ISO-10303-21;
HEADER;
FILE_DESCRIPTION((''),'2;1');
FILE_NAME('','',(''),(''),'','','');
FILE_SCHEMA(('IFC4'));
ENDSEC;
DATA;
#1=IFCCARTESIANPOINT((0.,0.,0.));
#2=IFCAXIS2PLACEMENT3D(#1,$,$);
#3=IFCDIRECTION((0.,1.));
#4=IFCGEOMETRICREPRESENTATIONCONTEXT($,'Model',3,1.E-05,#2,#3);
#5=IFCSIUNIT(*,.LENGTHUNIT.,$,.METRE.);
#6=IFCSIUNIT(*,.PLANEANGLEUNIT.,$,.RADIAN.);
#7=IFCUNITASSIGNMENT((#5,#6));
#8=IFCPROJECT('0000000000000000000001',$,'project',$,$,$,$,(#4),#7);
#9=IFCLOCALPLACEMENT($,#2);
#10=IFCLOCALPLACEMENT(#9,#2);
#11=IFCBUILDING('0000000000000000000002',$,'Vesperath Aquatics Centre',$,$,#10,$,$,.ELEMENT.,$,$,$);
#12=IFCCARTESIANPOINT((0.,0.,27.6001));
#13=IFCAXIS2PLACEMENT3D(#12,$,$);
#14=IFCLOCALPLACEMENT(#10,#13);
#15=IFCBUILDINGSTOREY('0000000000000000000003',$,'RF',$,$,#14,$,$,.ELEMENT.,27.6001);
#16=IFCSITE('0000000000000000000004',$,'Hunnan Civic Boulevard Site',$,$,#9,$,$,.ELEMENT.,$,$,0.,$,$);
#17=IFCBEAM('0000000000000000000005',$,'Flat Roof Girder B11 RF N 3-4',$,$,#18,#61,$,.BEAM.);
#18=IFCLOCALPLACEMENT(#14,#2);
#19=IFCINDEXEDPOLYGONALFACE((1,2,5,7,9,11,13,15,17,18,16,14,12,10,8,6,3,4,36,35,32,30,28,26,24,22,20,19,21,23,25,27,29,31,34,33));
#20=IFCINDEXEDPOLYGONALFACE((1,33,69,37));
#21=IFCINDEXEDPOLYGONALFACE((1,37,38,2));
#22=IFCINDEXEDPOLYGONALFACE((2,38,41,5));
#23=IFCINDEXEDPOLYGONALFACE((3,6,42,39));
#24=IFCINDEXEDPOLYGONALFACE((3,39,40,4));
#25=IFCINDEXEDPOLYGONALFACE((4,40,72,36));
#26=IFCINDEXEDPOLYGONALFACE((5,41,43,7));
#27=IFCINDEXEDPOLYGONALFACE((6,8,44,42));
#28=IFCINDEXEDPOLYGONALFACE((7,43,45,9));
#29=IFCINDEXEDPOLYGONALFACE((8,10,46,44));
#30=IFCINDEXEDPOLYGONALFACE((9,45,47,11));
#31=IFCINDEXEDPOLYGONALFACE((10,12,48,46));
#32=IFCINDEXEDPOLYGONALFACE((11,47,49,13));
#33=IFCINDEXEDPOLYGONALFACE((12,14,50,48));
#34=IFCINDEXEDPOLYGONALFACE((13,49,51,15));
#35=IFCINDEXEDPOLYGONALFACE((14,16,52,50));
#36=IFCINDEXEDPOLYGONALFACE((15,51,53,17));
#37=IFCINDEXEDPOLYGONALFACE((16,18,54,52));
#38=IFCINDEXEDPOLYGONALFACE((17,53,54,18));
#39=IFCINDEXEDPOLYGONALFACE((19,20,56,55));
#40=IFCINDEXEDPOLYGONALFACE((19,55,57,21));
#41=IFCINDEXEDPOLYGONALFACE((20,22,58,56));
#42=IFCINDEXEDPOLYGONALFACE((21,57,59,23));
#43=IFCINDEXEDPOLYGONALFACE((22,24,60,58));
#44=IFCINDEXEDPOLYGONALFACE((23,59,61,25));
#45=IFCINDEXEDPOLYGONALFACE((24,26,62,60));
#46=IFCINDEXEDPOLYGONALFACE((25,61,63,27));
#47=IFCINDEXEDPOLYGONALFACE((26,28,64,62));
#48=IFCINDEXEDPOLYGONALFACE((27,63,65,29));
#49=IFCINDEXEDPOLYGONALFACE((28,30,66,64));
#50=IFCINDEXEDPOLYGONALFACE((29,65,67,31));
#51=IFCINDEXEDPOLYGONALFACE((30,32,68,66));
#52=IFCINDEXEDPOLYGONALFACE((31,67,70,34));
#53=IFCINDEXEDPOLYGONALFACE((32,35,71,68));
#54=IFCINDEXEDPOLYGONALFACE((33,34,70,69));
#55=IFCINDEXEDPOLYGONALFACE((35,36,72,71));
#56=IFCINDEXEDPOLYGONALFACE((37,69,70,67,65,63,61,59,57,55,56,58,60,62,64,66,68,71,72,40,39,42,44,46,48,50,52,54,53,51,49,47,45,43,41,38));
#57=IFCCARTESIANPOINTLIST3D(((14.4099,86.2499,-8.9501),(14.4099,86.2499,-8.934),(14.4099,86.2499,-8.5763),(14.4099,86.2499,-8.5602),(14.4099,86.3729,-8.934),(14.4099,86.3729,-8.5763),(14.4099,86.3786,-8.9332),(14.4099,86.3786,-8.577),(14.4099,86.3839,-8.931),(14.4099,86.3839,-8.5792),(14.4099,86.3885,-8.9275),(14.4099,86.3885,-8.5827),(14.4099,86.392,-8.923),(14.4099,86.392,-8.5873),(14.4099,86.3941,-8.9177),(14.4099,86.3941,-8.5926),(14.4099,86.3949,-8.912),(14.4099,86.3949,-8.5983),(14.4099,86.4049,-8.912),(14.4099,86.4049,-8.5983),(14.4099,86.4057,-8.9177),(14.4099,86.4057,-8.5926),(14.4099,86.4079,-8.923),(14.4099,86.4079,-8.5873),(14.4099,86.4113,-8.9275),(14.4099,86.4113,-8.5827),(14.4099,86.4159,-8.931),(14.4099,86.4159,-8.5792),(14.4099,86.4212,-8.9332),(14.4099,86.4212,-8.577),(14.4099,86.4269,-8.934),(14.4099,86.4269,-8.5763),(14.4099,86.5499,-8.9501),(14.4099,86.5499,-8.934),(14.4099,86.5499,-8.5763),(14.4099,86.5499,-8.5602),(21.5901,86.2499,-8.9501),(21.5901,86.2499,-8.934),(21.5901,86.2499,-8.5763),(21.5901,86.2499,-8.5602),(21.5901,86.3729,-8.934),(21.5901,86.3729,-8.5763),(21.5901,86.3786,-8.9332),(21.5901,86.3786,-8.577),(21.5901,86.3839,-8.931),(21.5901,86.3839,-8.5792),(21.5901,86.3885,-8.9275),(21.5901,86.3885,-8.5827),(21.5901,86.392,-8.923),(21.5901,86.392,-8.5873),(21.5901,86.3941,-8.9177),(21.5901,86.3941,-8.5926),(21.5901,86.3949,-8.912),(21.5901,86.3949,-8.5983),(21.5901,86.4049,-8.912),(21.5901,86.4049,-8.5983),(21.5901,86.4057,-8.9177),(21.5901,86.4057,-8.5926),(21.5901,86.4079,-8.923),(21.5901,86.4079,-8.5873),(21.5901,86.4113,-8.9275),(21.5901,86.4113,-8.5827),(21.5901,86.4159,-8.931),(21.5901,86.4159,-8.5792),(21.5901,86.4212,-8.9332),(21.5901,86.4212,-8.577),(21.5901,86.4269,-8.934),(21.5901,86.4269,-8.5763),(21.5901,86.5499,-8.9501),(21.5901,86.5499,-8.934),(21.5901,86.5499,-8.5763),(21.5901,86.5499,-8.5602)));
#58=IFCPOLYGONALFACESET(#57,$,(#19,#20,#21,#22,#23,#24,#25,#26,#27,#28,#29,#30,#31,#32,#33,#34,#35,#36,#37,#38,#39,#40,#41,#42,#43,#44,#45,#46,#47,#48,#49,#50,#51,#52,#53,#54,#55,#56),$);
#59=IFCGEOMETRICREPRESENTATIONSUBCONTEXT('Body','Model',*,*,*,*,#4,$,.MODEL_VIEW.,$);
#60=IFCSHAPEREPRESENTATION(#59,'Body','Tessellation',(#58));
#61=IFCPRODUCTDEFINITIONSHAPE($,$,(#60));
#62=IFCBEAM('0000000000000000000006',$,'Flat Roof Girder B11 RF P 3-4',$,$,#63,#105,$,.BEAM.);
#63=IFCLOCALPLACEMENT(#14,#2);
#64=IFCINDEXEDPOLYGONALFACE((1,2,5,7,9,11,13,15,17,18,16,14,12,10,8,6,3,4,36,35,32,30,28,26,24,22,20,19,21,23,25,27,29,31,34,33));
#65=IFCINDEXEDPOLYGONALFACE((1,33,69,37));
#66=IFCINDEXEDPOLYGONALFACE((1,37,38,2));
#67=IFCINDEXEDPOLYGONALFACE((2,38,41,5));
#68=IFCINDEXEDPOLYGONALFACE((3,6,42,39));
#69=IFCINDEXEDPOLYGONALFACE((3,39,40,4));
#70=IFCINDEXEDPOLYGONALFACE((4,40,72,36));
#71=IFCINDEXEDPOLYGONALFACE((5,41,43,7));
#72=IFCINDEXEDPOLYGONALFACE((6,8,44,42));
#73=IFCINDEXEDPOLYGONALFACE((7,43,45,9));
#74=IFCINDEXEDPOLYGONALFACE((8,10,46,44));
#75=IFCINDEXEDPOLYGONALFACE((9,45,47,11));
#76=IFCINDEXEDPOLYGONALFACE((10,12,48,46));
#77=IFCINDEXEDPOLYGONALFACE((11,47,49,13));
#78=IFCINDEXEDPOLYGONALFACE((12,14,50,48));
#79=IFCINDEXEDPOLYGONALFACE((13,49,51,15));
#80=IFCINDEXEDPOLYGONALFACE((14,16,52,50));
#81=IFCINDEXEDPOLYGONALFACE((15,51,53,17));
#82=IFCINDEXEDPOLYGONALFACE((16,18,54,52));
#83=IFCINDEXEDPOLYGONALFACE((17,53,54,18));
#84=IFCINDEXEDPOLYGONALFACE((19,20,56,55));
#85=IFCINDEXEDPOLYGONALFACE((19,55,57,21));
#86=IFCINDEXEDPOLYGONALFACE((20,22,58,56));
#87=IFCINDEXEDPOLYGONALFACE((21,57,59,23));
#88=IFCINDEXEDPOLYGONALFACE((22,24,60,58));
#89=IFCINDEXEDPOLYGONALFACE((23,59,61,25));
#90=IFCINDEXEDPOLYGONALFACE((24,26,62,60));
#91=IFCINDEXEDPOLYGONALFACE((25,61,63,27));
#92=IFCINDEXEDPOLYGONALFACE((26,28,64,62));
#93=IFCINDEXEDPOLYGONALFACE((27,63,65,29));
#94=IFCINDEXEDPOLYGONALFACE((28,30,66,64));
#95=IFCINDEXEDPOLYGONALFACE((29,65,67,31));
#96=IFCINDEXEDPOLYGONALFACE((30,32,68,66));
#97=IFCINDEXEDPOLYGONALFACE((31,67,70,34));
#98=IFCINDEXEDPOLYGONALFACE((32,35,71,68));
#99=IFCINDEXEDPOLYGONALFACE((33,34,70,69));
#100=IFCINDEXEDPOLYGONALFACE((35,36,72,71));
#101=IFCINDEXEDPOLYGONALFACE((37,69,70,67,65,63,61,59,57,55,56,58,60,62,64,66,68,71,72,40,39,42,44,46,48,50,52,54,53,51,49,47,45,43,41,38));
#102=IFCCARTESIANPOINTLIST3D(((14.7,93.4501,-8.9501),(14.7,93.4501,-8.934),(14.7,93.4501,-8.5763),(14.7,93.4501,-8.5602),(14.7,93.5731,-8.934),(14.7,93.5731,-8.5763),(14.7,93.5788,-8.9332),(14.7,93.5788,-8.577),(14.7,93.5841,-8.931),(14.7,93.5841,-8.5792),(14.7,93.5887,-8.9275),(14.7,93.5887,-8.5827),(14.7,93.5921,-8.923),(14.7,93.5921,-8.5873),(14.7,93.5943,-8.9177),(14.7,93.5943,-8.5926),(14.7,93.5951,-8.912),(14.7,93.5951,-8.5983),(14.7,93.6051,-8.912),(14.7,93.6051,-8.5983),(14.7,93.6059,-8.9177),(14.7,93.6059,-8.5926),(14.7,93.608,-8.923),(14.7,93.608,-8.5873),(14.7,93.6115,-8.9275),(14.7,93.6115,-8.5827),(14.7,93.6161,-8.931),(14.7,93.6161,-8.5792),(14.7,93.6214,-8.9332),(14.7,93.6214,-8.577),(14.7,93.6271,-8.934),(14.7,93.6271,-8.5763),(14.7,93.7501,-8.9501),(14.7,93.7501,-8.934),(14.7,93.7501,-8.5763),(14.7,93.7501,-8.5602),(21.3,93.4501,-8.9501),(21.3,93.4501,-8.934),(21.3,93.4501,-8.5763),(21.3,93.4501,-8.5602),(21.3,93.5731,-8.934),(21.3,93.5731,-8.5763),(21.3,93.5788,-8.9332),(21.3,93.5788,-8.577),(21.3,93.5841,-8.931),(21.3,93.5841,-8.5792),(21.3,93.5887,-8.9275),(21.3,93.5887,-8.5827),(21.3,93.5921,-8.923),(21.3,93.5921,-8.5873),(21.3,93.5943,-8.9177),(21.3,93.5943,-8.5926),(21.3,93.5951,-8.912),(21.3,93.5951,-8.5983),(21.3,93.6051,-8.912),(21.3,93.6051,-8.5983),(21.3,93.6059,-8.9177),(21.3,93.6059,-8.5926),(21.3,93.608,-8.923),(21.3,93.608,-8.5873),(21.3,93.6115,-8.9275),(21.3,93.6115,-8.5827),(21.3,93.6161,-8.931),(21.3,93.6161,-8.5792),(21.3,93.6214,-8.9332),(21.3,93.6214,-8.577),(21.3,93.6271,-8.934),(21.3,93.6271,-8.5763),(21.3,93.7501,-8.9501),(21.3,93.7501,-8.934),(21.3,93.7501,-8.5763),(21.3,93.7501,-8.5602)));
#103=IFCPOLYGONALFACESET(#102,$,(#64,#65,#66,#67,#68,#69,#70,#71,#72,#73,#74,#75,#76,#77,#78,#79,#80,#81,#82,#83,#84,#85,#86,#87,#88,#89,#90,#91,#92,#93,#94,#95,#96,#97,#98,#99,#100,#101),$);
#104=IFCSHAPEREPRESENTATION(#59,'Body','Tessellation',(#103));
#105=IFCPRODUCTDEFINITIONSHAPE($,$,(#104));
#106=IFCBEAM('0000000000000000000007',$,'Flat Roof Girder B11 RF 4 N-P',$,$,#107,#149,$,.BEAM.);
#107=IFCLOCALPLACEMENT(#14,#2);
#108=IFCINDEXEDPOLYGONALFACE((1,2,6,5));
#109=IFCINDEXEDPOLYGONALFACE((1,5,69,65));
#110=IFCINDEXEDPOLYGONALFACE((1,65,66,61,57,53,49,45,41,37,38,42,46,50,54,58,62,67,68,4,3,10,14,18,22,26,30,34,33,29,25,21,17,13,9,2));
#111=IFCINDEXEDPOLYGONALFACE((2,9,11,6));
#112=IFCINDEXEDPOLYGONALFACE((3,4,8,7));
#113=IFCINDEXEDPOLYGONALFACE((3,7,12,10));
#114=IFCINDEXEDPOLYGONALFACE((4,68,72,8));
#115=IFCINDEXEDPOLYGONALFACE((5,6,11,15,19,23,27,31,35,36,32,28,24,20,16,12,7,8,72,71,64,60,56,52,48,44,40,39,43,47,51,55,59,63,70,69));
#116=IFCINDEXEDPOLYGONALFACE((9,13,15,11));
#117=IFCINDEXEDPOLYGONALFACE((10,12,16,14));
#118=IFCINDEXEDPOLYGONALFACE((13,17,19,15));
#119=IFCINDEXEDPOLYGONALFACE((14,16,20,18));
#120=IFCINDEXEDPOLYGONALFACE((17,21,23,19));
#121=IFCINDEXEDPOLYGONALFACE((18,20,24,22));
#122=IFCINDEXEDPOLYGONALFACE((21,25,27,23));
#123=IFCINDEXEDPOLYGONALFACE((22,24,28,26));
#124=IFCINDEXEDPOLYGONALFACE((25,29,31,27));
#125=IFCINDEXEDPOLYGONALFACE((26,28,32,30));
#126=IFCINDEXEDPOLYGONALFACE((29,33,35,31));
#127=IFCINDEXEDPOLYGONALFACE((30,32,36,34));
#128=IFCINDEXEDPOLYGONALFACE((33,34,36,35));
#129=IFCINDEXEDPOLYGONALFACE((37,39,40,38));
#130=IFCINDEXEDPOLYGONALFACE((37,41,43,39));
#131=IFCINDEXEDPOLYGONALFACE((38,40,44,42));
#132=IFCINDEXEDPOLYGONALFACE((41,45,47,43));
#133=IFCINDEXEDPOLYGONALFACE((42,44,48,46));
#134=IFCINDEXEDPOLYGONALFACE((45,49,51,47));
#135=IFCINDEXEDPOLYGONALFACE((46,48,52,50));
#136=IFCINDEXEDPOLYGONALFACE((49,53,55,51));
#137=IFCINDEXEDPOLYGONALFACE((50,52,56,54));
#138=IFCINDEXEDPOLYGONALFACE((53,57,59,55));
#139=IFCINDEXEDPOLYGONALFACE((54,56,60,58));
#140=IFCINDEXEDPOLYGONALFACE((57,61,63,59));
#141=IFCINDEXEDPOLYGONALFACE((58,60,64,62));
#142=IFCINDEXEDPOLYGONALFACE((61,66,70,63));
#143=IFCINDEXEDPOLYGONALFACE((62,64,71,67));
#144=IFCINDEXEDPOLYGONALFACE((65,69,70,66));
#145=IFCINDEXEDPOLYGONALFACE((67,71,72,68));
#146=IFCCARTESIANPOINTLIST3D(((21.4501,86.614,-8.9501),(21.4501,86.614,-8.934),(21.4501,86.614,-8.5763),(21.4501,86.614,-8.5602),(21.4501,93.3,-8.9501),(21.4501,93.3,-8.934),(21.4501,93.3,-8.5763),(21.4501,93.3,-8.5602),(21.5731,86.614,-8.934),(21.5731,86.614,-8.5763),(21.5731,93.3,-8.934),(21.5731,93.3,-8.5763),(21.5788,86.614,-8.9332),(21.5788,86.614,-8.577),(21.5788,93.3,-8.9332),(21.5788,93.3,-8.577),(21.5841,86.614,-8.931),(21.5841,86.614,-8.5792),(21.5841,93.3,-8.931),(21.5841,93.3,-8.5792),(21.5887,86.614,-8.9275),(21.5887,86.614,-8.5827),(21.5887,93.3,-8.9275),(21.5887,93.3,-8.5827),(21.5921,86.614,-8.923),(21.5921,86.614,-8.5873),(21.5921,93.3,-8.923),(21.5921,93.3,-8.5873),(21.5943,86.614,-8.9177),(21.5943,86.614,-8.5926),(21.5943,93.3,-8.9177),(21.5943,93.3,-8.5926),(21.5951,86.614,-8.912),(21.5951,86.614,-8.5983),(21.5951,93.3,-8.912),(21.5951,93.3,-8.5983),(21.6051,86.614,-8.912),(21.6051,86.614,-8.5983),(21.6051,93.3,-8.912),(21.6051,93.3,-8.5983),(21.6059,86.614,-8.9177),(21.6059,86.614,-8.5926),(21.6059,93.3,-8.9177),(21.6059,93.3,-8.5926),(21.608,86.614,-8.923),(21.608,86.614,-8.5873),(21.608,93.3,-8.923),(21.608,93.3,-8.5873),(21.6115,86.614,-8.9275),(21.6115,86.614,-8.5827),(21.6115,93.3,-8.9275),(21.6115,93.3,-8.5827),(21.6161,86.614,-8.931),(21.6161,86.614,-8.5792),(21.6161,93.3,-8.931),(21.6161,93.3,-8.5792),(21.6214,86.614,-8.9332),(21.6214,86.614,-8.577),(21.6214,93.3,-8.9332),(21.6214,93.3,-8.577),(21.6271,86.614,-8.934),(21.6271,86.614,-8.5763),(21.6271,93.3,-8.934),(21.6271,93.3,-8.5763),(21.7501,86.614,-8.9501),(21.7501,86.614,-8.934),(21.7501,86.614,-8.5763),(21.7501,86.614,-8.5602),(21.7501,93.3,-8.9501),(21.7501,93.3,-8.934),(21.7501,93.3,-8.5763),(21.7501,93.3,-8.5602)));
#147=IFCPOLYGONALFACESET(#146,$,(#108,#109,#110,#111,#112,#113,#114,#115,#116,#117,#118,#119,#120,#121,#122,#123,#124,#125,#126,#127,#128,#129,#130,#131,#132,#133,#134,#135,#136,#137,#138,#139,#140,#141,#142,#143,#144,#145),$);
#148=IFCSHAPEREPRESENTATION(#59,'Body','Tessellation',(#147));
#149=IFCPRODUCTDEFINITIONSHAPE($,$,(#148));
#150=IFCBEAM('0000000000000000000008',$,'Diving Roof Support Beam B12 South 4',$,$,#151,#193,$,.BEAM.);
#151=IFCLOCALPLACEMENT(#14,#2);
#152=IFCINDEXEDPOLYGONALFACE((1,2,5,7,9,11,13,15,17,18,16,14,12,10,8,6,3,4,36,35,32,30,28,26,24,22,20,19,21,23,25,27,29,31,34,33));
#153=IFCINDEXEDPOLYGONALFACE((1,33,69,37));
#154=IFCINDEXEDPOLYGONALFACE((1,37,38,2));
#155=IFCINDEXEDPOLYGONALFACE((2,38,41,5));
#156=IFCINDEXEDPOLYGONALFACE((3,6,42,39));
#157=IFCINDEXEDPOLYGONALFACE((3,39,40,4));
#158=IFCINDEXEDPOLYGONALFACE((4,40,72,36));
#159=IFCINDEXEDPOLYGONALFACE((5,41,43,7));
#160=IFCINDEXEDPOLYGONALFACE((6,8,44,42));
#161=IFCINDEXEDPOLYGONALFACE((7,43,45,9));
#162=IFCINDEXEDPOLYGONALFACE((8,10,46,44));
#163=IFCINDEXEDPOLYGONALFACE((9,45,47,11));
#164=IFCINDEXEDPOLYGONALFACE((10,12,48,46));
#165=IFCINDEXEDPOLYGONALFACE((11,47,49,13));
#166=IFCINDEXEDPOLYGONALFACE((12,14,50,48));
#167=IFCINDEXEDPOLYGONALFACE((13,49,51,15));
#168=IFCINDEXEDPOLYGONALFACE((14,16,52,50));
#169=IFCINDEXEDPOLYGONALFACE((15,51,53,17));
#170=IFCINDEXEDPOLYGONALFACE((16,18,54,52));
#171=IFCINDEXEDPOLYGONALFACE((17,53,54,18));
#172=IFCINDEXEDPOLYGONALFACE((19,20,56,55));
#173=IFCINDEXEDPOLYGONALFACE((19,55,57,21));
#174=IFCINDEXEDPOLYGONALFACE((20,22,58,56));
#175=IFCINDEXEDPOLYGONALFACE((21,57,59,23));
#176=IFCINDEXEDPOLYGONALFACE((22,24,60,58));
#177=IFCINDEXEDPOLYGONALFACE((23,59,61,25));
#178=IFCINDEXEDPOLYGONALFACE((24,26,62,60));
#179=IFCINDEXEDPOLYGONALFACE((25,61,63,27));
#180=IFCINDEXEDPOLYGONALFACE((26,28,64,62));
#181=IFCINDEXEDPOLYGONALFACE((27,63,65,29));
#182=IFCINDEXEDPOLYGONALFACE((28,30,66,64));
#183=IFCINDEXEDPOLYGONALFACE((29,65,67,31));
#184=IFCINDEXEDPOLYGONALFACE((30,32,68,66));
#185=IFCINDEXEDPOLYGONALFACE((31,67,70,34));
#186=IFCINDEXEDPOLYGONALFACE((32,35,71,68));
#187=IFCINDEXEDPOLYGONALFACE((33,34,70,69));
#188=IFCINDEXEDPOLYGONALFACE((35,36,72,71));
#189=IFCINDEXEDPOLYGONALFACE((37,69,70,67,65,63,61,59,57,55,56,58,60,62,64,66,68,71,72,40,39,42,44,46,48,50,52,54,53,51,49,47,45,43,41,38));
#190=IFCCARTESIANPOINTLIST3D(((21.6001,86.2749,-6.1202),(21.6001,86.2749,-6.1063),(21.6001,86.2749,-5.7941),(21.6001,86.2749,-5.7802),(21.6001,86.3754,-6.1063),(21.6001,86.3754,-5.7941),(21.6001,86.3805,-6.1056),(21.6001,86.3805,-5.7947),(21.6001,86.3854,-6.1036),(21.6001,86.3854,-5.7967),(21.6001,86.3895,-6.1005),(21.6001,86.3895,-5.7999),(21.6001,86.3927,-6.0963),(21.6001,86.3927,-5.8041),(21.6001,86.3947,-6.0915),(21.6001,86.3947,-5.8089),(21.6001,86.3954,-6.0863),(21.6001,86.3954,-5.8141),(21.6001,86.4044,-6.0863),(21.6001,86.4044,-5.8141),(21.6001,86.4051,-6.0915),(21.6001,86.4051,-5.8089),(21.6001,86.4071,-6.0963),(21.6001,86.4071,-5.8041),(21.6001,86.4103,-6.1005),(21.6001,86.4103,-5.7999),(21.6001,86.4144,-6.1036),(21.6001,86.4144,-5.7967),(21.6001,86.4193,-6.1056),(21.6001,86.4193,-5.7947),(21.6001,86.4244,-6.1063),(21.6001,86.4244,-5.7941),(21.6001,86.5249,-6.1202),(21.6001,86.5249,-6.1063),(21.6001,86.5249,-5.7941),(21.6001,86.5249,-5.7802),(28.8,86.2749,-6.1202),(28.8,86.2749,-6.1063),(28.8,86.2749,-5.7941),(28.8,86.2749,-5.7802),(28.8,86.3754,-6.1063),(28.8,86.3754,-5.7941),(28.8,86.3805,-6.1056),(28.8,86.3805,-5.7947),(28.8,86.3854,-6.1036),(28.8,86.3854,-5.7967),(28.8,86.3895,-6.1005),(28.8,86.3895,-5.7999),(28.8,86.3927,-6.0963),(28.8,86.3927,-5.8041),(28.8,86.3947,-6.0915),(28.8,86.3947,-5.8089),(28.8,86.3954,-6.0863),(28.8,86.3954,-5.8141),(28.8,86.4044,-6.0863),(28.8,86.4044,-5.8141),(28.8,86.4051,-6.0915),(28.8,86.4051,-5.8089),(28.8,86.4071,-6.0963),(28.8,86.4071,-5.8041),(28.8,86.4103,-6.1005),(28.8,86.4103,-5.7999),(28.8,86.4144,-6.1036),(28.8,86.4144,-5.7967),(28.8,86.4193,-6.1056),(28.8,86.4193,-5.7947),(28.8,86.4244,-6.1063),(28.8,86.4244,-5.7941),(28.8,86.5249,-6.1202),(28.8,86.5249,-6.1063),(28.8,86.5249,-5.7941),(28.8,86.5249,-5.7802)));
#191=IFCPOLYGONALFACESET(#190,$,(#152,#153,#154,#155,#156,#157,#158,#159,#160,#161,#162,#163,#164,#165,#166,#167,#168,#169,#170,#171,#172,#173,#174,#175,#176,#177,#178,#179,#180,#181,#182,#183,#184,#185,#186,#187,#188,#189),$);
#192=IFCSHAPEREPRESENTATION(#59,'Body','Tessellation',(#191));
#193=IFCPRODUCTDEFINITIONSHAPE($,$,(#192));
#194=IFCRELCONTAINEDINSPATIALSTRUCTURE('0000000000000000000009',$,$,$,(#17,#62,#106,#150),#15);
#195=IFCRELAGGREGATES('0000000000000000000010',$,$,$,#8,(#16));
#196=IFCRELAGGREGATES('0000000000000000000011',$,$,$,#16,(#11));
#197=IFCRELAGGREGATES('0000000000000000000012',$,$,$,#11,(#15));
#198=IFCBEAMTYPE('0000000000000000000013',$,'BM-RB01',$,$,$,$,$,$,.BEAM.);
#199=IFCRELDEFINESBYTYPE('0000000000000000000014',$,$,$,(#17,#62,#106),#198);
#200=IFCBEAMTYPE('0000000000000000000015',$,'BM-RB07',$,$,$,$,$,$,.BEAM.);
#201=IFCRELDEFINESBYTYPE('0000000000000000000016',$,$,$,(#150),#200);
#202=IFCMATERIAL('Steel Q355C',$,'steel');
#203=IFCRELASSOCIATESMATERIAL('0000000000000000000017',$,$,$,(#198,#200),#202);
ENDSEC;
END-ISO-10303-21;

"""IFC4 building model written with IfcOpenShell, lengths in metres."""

from ifc_helpers import new_model, si_unit, direction, frame, origin, origin_2d, place, context, subcontext, project, spatial, i_section, extrude, material, material_profile, profile_set, type_object, element, save


model = new_model("IFC4")

# Units and contexts
model_context = context("Model", 3, precision=1e-05, world=origin(), true_north=direction((0.0, 1.0)))
body_context = subcontext(model_context, "Body", "Model", "MODEL_VIEW")
ifc_project = project(units=[si_unit("LENGTHUNIT", "METRE"), si_unit("PLANEANGLEUNIT", "RADIAN")], contexts=[model_context])

# Site, building, storey
site_placement = place(None, origin())
site = spatial("IfcSite", under=ifc_project, at=site_placement, Name="Hunnan Civic Boulevard Site", CompositionType="ELEMENT", RefElevation=0.0)
building_placement = place(site_placement, origin())
building = spatial("IfcBuilding", under=site, at=building_placement, Name="Vesperath Aquatics Centre", CompositionType="ELEMENT")
storey_placement = place(building_placement, frame((0.0, 0.0, 27.6001)))
storey = spatial("IfcBuildingStorey", under=building, at=storey_placement, Name="RF", CompositionType="ELEMENT", Elevation=27.6001)

# Beams
ifc_material_1 = material(Name="Steel Q355C", Category="steel")
ifc_material_profile_1 = material_profile(ifc_material_1, i_section(OverallWidth=0.3, OverallDepth=0.3899, WebThickness=0.01, FlangeThickness=0.0161, FilletRadius=0.022, at=origin_2d()), Name="HM 390x300x10x16")
ifc_profile_set_1 = profile_set([ifc_material_profile_1], Name="Steel Q355C")
beam_type_1 = type_object("IfcBeamType", Name="BM-RB01", PredefinedType="BEAM", material=ifc_profile_set_1)
beam_1_placement = place(storey_placement, frame((14.4099, 86.3999, -8.7551), z_axis=(1.0, 0.0, 0.0), x_axis=(0.0, 1.0, 0.0)))
element("IfcBeam", 1, at=beam_1_placement, inside=storey, type_object=beam_type_1, Name="Flat Roof Girder B11 RF N 3-4", PredefinedType="BEAM", context=body_context, shape_type="SweptSolid", body=[
    extrude(i_section(OverallWidth=0.3, OverallDepth=0.3899, WebThickness=0.01, FlangeThickness=0.0161, FilletRadius=0.022, at=origin_2d()), origin(), (0.0, 0.0, 1.0), 7.1802),
])
beam_2_placement = place(storey_placement, frame((14.7, 93.6001, -8.7551), z_axis=(1.0, 0.0, 0.0), x_axis=(0.0, 1.0, 0.0)))
element("IfcBeam", 2, at=beam_2_placement, inside=storey, type_object=beam_type_1, Name="Flat Roof Girder B11 RF P 3-4", PredefinedType="BEAM", context=body_context, shape_type="SweptSolid", body=[
    extrude(i_section(OverallWidth=0.3, OverallDepth=0.3899, WebThickness=0.01, FlangeThickness=0.0161, FilletRadius=0.022, at=origin_2d()), origin(), (0.0, 0.0, 1.0), 6.6001),
])
beam_3_placement = place(storey_placement, frame((21.6001, 86.614, -8.7551), z_axis=(0.0, 1.0, 0.0), x_axis=(-1.0, 0.0, 0.0)))
element("IfcBeam", 3, at=beam_3_placement, inside=storey, type_object=beam_type_1, Name="Flat Roof Girder B11 RF 4 N-P", PredefinedType="BEAM", context=body_context, shape_type="SweptSolid", body=[
    extrude(i_section(OverallWidth=0.3, OverallDepth=0.3899, WebThickness=0.01, FlangeThickness=0.0161, FilletRadius=0.022, at=origin_2d()), origin(), (0.0, 0.0, 1.0), 6.686),
])
ifc_material_profile_2 = material_profile(ifc_material_1, i_section(OverallWidth=0.25, OverallDepth=0.3401, WebThickness=0.009, FlangeThickness=0.0139, FilletRadius=0.02, at=origin_2d()), Name="HM 340x250x9x14")
ifc_profile_set_2 = profile_set([ifc_material_profile_2], Name="Steel Q355C")
beam_type_2 = type_object("IfcBeamType", Name="BM-RB07", PredefinedType="BEAM", material=ifc_profile_set_2)
beam_4_placement = place(storey_placement, frame((21.6001, 86.3999, -5.9502), z_axis=(1.0, 0.0, 0.0), x_axis=(0.0, 1.0, 0.0)))
element("IfcBeam", 4, at=beam_4_placement, inside=storey, type_object=beam_type_2, Name="Diving Roof Support Beam B12 South 4", PredefinedType="BEAM", context=body_context, shape_type="SweptSolid", body=[
    extrude(i_section(OverallWidth=0.25, OverallDepth=0.3401, WebThickness=0.009, FlangeThickness=0.0139, FilletRadius=0.02, at=origin_2d()), origin(), (0.0, 0.0, 1.0), 7.2),
])

save(model, "model.ifc")
